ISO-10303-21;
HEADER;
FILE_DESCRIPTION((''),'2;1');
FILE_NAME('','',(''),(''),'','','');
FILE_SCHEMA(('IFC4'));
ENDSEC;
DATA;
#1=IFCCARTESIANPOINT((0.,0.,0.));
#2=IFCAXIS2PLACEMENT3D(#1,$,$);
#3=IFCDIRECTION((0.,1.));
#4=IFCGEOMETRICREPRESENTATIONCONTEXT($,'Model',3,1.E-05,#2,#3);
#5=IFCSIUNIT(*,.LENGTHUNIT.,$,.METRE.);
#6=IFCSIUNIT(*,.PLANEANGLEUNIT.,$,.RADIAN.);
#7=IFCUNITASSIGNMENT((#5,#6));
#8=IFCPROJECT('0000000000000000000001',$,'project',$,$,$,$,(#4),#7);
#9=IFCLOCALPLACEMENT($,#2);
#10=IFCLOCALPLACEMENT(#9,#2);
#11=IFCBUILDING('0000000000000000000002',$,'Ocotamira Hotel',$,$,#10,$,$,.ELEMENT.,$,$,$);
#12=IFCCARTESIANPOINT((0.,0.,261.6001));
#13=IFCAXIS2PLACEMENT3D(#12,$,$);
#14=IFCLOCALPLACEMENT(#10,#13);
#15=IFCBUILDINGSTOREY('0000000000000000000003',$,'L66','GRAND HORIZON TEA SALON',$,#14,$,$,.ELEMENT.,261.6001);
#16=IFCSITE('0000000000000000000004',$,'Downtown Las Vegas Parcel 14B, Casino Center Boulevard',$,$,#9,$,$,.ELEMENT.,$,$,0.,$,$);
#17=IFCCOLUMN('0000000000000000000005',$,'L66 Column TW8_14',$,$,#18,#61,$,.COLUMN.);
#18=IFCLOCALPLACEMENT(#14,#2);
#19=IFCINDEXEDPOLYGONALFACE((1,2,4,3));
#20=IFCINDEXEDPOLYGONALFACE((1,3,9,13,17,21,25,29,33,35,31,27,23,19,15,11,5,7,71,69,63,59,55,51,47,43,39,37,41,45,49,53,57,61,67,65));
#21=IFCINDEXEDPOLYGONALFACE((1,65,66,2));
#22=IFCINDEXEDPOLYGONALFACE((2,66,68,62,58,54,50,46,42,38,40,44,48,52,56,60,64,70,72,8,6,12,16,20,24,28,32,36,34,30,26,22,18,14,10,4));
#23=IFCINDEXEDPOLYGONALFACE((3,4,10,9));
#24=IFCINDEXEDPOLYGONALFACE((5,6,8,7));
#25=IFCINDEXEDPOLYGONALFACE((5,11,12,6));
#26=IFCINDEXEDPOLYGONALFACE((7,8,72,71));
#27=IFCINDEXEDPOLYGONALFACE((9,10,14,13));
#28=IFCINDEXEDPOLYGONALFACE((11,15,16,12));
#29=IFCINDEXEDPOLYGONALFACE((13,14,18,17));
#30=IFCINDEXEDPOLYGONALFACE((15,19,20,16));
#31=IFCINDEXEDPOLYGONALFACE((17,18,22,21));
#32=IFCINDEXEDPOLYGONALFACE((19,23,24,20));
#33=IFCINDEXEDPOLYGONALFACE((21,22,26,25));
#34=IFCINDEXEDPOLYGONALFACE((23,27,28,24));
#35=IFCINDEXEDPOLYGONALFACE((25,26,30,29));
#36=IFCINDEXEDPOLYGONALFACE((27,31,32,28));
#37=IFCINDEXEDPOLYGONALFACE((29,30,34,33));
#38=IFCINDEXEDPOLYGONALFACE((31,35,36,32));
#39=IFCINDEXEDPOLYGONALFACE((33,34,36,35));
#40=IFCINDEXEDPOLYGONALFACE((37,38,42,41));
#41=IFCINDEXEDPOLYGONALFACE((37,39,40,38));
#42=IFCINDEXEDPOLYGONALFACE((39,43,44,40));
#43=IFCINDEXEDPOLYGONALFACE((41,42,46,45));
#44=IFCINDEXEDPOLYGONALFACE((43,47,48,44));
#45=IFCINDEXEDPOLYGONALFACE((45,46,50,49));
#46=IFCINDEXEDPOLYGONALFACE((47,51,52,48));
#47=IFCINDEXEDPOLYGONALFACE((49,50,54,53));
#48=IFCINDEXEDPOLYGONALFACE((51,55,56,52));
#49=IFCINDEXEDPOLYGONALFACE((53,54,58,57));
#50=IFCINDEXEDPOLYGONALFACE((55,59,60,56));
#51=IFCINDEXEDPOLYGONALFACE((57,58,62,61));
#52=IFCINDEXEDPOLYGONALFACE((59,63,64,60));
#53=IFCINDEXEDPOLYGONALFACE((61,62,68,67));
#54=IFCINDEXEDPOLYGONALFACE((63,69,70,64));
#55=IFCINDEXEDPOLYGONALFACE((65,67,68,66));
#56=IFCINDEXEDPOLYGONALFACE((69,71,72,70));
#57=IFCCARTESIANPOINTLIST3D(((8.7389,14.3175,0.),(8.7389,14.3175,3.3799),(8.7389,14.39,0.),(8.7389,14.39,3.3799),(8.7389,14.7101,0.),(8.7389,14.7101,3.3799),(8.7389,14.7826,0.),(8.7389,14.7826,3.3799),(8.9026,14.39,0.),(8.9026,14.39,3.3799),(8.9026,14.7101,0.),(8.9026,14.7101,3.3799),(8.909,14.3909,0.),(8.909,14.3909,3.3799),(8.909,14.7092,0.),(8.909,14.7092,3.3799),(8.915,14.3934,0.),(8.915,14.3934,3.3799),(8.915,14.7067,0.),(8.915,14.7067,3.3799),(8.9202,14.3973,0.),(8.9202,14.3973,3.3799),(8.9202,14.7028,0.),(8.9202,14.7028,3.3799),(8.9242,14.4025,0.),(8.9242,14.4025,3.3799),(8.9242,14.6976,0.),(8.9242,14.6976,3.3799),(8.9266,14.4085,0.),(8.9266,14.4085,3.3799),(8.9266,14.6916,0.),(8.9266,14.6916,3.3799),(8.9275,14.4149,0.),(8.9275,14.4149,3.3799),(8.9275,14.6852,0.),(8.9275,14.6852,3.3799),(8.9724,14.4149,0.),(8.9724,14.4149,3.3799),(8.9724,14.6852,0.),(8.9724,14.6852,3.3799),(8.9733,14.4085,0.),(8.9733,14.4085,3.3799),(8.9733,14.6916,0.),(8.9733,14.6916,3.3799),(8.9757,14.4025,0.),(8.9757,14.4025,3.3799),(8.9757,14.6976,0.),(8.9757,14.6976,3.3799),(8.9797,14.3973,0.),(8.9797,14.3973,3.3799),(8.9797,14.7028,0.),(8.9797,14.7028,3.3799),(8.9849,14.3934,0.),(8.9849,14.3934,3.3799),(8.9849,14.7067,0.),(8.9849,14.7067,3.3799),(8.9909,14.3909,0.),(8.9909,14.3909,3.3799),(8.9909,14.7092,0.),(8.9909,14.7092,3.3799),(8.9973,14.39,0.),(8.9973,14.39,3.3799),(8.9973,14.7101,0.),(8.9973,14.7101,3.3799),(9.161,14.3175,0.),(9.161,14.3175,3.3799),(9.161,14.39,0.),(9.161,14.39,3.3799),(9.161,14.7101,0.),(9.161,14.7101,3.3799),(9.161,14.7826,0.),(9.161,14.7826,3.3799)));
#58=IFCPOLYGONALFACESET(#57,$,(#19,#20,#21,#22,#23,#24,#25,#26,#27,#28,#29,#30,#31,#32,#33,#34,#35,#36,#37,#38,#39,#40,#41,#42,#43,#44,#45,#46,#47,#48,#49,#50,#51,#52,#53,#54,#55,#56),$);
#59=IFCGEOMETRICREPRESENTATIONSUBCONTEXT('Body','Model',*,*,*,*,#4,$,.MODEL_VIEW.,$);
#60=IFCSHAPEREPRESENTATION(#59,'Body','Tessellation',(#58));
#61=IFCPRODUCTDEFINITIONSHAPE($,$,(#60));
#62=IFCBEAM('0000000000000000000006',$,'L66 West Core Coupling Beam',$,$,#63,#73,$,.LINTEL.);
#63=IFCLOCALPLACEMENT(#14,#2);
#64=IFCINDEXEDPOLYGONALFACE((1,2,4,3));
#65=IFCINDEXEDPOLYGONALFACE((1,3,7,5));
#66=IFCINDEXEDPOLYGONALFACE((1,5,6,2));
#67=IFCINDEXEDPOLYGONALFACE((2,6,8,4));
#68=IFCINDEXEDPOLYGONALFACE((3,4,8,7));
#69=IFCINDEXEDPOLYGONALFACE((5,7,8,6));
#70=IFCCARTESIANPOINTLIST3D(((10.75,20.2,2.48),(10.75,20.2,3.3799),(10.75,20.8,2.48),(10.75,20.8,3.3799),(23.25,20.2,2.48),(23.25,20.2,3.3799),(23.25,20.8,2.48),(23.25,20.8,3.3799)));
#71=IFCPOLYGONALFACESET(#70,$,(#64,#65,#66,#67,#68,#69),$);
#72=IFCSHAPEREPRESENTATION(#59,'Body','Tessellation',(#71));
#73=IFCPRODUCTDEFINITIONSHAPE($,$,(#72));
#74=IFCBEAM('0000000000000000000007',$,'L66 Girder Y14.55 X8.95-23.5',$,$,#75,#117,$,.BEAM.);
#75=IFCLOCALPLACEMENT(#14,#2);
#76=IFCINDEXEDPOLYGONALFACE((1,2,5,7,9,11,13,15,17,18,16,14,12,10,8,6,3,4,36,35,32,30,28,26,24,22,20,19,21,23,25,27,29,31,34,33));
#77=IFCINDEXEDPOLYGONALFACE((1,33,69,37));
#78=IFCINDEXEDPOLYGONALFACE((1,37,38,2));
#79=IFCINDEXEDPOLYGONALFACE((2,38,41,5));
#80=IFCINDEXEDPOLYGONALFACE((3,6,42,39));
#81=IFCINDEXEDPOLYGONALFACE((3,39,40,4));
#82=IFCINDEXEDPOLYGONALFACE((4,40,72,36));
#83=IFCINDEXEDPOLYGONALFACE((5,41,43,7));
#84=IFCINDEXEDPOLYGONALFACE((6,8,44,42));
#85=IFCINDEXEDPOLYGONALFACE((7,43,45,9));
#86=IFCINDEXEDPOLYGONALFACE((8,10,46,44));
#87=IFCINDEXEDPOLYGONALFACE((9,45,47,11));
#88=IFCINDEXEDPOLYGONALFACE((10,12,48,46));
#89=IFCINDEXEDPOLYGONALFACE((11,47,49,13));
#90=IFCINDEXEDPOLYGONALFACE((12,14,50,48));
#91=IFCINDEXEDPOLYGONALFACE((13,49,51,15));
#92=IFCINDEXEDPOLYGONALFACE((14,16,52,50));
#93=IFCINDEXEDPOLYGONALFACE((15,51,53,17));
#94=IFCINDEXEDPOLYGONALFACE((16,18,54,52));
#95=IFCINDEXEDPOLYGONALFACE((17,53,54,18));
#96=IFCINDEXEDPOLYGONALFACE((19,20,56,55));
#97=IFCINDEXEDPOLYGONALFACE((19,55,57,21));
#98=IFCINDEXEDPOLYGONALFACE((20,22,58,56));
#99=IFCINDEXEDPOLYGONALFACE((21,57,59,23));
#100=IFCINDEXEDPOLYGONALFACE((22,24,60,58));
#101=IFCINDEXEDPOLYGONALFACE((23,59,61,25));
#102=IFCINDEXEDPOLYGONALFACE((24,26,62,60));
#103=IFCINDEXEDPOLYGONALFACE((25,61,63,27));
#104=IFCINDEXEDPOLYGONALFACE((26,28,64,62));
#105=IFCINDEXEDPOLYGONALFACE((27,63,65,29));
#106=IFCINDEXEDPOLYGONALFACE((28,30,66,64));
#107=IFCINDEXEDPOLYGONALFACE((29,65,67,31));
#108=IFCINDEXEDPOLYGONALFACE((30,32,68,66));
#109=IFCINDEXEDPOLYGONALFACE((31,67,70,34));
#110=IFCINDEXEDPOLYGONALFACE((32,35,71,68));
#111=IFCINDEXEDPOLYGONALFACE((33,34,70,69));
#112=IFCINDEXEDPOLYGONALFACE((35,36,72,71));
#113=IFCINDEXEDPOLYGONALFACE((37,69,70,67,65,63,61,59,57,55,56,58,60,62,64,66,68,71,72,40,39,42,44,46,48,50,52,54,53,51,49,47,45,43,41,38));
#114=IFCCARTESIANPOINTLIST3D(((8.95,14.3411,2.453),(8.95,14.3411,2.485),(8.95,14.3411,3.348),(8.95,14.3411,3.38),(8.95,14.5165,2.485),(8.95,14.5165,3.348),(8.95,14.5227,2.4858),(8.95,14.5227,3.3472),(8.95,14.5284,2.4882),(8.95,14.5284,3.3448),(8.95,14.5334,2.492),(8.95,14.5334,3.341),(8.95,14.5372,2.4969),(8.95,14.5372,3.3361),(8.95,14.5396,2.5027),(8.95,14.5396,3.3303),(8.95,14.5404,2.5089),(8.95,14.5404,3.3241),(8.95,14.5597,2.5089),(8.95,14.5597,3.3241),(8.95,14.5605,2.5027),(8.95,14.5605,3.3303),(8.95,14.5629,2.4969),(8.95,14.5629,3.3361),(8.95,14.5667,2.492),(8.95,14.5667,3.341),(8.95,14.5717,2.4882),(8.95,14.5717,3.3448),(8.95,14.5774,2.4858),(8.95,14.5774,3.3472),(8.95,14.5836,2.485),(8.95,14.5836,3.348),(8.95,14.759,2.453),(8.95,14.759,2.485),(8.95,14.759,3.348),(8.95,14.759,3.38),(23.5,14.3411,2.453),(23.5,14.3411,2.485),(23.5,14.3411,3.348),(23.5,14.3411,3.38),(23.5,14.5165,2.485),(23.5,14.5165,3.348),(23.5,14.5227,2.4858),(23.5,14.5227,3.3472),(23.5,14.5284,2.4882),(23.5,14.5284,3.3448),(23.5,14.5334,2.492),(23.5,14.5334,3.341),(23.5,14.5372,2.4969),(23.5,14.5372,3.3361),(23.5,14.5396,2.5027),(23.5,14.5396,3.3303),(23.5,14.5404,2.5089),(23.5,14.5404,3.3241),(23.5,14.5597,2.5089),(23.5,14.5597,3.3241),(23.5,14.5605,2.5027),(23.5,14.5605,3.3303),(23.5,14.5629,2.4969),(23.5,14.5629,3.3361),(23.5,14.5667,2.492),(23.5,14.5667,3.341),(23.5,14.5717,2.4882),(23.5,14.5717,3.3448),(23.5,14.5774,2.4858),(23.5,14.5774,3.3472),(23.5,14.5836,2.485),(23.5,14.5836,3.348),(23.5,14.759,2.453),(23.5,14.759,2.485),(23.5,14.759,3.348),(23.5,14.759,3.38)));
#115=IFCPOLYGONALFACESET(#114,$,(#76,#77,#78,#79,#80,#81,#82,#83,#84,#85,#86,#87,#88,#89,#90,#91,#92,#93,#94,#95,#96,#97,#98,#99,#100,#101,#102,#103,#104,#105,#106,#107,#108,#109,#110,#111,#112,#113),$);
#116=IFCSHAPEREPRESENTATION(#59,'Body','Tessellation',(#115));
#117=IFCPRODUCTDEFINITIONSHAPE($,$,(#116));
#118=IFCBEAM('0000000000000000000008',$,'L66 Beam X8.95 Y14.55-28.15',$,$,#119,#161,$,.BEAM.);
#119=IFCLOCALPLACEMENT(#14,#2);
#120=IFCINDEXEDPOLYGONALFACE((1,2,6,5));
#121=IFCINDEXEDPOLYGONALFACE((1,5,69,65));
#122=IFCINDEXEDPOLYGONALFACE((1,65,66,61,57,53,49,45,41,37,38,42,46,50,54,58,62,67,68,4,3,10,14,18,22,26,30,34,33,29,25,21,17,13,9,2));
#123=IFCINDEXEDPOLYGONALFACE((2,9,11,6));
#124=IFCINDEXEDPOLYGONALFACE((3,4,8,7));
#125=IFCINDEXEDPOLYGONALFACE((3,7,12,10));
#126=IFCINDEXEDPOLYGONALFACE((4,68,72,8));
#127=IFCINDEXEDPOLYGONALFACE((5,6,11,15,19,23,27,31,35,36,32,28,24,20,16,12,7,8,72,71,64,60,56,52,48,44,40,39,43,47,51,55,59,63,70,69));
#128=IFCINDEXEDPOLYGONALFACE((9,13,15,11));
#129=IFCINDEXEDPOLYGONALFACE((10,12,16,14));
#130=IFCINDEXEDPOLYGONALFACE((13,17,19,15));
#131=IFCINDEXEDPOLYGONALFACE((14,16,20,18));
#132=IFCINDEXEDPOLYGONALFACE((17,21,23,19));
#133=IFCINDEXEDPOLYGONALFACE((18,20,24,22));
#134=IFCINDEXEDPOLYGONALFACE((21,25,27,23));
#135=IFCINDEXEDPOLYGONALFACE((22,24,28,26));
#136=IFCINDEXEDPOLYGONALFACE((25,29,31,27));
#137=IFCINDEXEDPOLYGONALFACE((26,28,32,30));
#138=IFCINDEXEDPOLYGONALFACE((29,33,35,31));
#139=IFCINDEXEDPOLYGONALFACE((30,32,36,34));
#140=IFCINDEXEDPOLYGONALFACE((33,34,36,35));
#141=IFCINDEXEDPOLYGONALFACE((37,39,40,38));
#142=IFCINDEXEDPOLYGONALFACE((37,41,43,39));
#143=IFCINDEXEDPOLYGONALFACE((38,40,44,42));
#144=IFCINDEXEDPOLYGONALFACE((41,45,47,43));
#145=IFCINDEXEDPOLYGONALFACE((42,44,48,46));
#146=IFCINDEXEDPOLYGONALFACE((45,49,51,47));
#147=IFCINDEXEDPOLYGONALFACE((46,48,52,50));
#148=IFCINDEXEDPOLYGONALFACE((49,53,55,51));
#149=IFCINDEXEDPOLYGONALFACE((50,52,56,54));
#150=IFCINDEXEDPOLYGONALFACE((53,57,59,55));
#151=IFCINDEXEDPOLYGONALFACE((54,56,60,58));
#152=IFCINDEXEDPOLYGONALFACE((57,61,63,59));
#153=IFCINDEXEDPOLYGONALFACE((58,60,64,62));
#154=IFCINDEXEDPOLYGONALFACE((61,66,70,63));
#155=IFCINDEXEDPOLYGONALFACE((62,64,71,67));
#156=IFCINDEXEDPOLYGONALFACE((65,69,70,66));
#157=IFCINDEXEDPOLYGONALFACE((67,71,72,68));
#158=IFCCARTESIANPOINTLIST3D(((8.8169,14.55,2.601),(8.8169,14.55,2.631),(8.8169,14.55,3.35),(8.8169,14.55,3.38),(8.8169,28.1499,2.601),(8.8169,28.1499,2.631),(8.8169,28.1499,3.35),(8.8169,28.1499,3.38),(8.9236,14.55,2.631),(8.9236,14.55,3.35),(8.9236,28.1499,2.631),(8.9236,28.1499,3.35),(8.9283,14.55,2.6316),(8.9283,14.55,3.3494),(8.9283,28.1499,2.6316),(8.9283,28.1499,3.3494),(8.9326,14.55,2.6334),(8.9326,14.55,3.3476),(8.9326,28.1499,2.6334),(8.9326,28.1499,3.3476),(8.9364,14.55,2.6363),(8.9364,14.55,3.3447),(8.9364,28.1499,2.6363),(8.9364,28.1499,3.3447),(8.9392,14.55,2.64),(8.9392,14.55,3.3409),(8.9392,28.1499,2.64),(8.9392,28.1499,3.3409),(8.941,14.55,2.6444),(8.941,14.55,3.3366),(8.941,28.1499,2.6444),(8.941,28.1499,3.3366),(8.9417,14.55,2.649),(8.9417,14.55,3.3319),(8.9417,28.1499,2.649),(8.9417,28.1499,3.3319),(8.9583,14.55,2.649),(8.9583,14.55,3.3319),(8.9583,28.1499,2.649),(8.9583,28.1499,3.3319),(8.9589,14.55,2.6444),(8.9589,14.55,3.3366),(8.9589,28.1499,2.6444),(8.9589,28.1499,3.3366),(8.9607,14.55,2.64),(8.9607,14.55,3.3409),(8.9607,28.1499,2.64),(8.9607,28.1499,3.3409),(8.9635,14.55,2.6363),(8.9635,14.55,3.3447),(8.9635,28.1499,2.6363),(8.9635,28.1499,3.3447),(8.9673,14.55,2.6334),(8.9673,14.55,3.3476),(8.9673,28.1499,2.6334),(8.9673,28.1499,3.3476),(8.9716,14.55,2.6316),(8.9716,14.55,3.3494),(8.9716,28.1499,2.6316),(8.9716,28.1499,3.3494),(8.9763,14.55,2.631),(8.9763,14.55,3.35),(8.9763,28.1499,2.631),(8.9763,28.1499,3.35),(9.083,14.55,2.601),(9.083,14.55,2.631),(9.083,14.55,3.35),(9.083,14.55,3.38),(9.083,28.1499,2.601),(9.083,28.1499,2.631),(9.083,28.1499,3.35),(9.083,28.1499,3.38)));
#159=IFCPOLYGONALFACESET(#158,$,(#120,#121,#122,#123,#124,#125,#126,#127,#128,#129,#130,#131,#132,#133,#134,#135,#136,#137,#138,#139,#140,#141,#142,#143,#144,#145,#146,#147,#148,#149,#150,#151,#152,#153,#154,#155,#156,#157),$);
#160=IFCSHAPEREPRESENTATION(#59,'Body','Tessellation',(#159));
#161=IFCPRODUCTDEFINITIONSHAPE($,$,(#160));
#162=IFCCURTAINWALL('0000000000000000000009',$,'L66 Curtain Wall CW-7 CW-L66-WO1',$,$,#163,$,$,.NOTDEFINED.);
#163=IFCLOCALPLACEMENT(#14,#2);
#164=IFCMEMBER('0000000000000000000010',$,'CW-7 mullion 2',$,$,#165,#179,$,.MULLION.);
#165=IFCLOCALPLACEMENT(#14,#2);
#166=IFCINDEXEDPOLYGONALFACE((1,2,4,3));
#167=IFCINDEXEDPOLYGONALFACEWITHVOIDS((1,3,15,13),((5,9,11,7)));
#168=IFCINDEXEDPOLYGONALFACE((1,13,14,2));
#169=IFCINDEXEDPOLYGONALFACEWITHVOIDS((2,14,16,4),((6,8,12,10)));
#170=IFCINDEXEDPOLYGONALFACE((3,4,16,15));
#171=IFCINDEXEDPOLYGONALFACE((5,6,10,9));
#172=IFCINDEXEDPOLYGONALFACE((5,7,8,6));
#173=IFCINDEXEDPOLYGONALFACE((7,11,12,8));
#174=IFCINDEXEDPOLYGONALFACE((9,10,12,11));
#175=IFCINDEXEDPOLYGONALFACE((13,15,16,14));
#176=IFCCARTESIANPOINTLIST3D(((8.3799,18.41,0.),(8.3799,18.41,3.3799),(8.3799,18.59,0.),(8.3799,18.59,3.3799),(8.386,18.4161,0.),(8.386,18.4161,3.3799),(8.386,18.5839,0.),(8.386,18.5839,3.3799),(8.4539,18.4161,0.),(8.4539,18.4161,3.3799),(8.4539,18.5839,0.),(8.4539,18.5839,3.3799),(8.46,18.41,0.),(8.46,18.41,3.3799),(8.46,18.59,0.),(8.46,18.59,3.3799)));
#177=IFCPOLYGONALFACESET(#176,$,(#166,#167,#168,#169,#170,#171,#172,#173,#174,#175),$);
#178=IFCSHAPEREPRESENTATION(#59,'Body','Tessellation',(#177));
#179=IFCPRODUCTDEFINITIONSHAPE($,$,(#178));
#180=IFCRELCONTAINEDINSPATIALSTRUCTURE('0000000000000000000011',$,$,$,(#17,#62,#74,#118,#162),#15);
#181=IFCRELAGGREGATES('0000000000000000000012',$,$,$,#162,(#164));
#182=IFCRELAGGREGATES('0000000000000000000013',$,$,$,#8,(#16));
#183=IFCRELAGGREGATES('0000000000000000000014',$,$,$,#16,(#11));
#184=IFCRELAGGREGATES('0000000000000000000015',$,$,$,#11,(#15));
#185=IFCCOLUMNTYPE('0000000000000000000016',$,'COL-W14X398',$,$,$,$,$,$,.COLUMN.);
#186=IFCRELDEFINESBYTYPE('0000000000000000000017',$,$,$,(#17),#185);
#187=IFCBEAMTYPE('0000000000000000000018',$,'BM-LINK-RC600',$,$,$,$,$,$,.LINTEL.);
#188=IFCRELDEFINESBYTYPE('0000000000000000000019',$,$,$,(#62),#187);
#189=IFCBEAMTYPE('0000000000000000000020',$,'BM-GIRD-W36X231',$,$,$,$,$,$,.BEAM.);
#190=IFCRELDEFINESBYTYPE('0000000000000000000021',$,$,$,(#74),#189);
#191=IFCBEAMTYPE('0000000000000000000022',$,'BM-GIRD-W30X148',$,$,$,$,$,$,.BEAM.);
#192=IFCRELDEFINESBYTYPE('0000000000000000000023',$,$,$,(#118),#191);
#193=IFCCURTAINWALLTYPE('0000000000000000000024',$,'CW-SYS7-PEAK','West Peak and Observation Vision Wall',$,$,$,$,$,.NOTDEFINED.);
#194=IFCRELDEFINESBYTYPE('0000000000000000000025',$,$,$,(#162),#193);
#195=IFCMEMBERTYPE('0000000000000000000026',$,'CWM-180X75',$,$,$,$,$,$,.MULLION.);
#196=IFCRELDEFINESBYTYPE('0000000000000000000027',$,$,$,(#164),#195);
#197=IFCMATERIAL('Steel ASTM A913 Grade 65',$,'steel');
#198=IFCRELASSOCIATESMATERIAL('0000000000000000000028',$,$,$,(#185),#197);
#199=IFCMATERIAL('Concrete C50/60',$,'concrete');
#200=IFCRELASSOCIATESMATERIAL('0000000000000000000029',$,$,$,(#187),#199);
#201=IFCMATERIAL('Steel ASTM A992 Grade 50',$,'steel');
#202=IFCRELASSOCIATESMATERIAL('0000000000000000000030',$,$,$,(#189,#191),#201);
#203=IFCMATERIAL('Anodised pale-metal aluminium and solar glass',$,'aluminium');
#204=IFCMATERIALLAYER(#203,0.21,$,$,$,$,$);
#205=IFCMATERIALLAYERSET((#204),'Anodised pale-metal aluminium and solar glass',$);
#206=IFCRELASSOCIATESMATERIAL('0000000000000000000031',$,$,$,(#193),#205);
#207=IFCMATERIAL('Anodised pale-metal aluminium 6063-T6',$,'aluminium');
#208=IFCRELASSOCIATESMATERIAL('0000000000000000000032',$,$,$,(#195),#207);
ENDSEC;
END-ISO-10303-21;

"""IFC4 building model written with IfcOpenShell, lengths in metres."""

from ifc_helpers import new_model, si_unit, direction, frame, origin, origin_2d, place, context, subcontext, project, spatial, rectangle, hollow_rectangle, i_section, extrude, source, transform, mapped, material, layer, layer_set, material_profile, profile_set, type_object, element, aggregate, save


model = new_model("IFC4")

# Units and contexts
model_context = context("Model", 3, precision=1e-05, world=origin(), true_north=direction((0.0, 1.0)))
body_context = subcontext(model_context, "Body", "Model", "MODEL_VIEW")
ifc_project = project(units=[si_unit("LENGTHUNIT", "METRE"), si_unit("PLANEANGLEUNIT", "RADIAN")], contexts=[model_context])

# Site, building, storey
site_placement = place(None, origin())
site = spatial("IfcSite", under=ifc_project, at=site_placement, Name="Downtown Las Vegas Parcel 14B, Casino Center Boulevard", CompositionType="ELEMENT", RefElevation=0.0)
building_placement = place(site_placement, origin())
building = spatial("IfcBuilding", under=site, at=building_placement, Name="Ocotamira Hotel", CompositionType="ELEMENT")
storey_placement = place(building_placement, frame((0.0, 0.0, 261.6001)))
storey = spatial("IfcBuildingStorey", under=building, at=storey_placement, Name="L66", Description="GRAND HORIZON TEA SALON", CompositionType="ELEMENT", Elevation=261.6001)

# Column
ifc_material_1 = material(Name="Steel ASTM A913 Grade 65", Category="steel")
ifc_material_profile_1 = material_profile(ifc_material_1, i_section(OverallWidth=0.4221, OverallDepth=0.4651, WebThickness=0.0449, FlangeThickness=0.0725, FilletRadius=0.0249, at=origin_2d()), Name="W14X398")
ifc_profile_set_1 = profile_set([ifc_material_profile_1], Name="Steel ASTM A913 Grade 65")
column_type = type_object("IfcColumnType", Name="COL-W14X398", PredefinedType="COLUMN", material=ifc_profile_set_1)
shared_shape_1 = source(origin(), body_context, "Body", "SweptSolid", [
    extrude(i_section(OverallWidth=0.4221, OverallDepth=0.4651, WebThickness=0.0449, FlangeThickness=0.0725, FilletRadius=0.0249, at=origin_2d()), origin(), (0.0, 0.0, 1.0), 3.3799),
])
column_placement = place(storey_placement, frame((8.95, 14.55, 0.0), z_axis=(0.0, 0.0, 1.0), x_axis=(1.0, 0.0, 0.0)))
element("IfcColumn", 1, at=column_placement, inside=storey, type_object=column_type, Name="L66 Column TW8_14", PredefinedType="COLUMN", context=body_context, shape_type="MappedRepresentation", body=[
    mapped(shared_shape_1, transform((0.0, 0.0, 0.0), scale=1.0)),
])

# Beams
ifc_material_2 = material(Name="Concrete C50/60", Category="concrete")
ifc_material_profile_2 = material_profile(ifc_material_2, rectangle(XDim=0.6001, YDim=0.8999, at=origin_2d()), Name="RC600X900")
ifc_profile_set_2 = profile_set([ifc_material_profile_2], Name="Concrete C50/60")
beam_type_1 = type_object("IfcBeamType", Name="BM-LINK-RC600", PredefinedType="LINTEL", material=ifc_profile_set_2)
shared_shape_2 = source(origin(), body_context, "Body", "SweptSolid", [
    extrude(rectangle(XDim=0.6001, YDim=0.8999, at=origin_2d()), origin(), (0.0, 0.0, 1.0), 12.5),
])
beam_1_placement = place(storey_placement, frame((10.75, 20.5, 2.9299), z_axis=(1.0, 0.0, 0.0), x_axis=(0.0, 1.0, 0.0)))
element("IfcBeam", 2, at=beam_1_placement, inside=storey, type_object=beam_type_1, Name="L66 West Core Coupling Beam", PredefinedType="LINTEL", context=body_context, shape_type="MappedRepresentation", body=[
    mapped(shared_shape_2, transform((0.0, 0.0, 0.0), scale=1.0)),
])
ifc_material_3 = material(Name="Steel ASTM A992 Grade 50", Category="steel")
ifc_material_profile_3 = material_profile(ifc_material_3, i_section(OverallWidth=0.418, OverallDepth=0.927, WebThickness=0.0193, FlangeThickness=0.032, FilletRadius=0.0239, at=origin_2d()), Name="W36X231")
ifc_profile_set_3 = profile_set([ifc_material_profile_3], Name="Steel ASTM A992 Grade 50")
beam_type_2 = type_object("IfcBeamType", Name="BM-GIRD-W36X231", PredefinedType="BEAM", material=ifc_profile_set_3)
shared_shape_3 = source(origin(), body_context, "Body", "SweptSolid", [
    extrude(i_section(OverallWidth=0.418, OverallDepth=0.927, WebThickness=0.0193, FlangeThickness=0.032, FilletRadius=0.0239, at=origin_2d()), origin(), (0.0, 0.0, 1.0), 14.55),
])
beam_2_placement = place(storey_placement, frame((8.95, 14.55, 2.9165), z_axis=(1.0, 0.0, 0.0), x_axis=(0.0, 1.0, 0.0)))
element("IfcBeam", 3, at=beam_2_placement, inside=storey, type_object=beam_type_2, Name="L66 Girder Y14.55 X8.95-23.5", PredefinedType="BEAM", context=body_context, shape_type="MappedRepresentation", body=[
    mapped(shared_shape_3, transform((0.0, 0.0, 0.0), scale=1.0)),
])
ifc_material_profile_4 = material_profile(ifc_material_3, i_section(OverallWidth=0.2661, OverallDepth=0.7791, WebThickness=0.0166, FlangeThickness=0.03, FilletRadius=0.0181, at=origin_2d()), Name="W30X148")
ifc_profile_set_4 = profile_set([ifc_material_profile_4], Name="Steel ASTM A992 Grade 50")
beam_type_3 = type_object("IfcBeamType", Name="BM-GIRD-W30X148", PredefinedType="BEAM", material=ifc_profile_set_4)
shared_shape_4 = source(origin(), body_context, "Body", "SweptSolid", [
    extrude(i_section(OverallWidth=0.2661, OverallDepth=0.7791, WebThickness=0.0166, FlangeThickness=0.03, FilletRadius=0.0181, at=origin_2d()), origin(), (0.0, 0.0, 1.0), 13.5999),
])
beam_3_placement = place(storey_placement, frame((8.95, 14.55, 2.9905), z_axis=(0.0, 1.0, 0.0), x_axis=(-1.0, 0.0, 0.0)))
element("IfcBeam", 4, at=beam_3_placement, inside=storey, type_object=beam_type_3, Name="L66 Beam X8.95 Y14.55-28.15", PredefinedType="BEAM", context=body_context, shape_type="MappedRepresentation", body=[
    mapped(shared_shape_4, transform((0.0, 0.0, 0.0), scale=1.0)),
])

# Curtain wall, member
ifc_material_4 = material(Name="Anodised pale-metal aluminium and solar glass", Category="aluminium")
ifc_layer_1 = layer(ifc_material_4, 0.21)
ifc_layer_set_1 = layer_set([ifc_layer_1], Name="Anodised pale-metal aluminium and solar glass")
curtain_wall_type = type_object("IfcCurtainWallType", Name="CW-SYS7-PEAK", Description="West Peak and Observation Vision Wall", PredefinedType="NOTDEFINED", material=ifc_layer_set_1)
curtain_wall_placement = place(storey_placement, origin())
curtain_wall = element("IfcCurtainWall", 5, at=curtain_wall_placement, inside=storey, type_object=curtain_wall_type, Name="L66 Curtain Wall CW-7 CW-L66-WO1", PredefinedType="NOTDEFINED")
ifc_material_5 = material(Name="Anodised pale-metal aluminium 6063-T6", Category="aluminium")
ifc_material_profile_5 = material_profile(ifc_material_5, hollow_rectangle(XDim=0.0801, YDim=0.1799, WallThickness=0.0061, at=origin_2d()), Name="HSS180X80X6")
ifc_profile_set_5 = profile_set([ifc_material_profile_5], Name="Anodised pale-metal aluminium 6063-T6")
member_type_1 = type_object("IfcMemberType", Name="CWM-180X75", PredefinedType="MULLION", material=ifc_profile_set_5)
shared_shape_5 = source(origin(), body_context, "Body", "SweptSolid", [
    extrude(hollow_rectangle(XDim=0.0801, YDim=0.1799, WallThickness=0.0061, at=origin_2d()), origin(), (0.0, 0.0, 1.0), 3.3799),
])
member_1_placement = place(storey_placement, frame((8.4199, 18.5, 0.0), z_axis=(0.0, 0.0, 1.0), x_axis=(-1.0, 0.0, 0.0)))
member_1 = element("IfcMember", 6, at=member_1_placement, type_object=member_type_1, Name="CW-7 mullion 2", PredefinedType="MULLION", context=body_context, shape_type="MappedRepresentation", body=[
    mapped(shared_shape_5, transform((0.0, 0.0, 0.0), scale=1.0)),
])
aggregate(curtain_wall, [member_1])

save(model, "model.ifc")
